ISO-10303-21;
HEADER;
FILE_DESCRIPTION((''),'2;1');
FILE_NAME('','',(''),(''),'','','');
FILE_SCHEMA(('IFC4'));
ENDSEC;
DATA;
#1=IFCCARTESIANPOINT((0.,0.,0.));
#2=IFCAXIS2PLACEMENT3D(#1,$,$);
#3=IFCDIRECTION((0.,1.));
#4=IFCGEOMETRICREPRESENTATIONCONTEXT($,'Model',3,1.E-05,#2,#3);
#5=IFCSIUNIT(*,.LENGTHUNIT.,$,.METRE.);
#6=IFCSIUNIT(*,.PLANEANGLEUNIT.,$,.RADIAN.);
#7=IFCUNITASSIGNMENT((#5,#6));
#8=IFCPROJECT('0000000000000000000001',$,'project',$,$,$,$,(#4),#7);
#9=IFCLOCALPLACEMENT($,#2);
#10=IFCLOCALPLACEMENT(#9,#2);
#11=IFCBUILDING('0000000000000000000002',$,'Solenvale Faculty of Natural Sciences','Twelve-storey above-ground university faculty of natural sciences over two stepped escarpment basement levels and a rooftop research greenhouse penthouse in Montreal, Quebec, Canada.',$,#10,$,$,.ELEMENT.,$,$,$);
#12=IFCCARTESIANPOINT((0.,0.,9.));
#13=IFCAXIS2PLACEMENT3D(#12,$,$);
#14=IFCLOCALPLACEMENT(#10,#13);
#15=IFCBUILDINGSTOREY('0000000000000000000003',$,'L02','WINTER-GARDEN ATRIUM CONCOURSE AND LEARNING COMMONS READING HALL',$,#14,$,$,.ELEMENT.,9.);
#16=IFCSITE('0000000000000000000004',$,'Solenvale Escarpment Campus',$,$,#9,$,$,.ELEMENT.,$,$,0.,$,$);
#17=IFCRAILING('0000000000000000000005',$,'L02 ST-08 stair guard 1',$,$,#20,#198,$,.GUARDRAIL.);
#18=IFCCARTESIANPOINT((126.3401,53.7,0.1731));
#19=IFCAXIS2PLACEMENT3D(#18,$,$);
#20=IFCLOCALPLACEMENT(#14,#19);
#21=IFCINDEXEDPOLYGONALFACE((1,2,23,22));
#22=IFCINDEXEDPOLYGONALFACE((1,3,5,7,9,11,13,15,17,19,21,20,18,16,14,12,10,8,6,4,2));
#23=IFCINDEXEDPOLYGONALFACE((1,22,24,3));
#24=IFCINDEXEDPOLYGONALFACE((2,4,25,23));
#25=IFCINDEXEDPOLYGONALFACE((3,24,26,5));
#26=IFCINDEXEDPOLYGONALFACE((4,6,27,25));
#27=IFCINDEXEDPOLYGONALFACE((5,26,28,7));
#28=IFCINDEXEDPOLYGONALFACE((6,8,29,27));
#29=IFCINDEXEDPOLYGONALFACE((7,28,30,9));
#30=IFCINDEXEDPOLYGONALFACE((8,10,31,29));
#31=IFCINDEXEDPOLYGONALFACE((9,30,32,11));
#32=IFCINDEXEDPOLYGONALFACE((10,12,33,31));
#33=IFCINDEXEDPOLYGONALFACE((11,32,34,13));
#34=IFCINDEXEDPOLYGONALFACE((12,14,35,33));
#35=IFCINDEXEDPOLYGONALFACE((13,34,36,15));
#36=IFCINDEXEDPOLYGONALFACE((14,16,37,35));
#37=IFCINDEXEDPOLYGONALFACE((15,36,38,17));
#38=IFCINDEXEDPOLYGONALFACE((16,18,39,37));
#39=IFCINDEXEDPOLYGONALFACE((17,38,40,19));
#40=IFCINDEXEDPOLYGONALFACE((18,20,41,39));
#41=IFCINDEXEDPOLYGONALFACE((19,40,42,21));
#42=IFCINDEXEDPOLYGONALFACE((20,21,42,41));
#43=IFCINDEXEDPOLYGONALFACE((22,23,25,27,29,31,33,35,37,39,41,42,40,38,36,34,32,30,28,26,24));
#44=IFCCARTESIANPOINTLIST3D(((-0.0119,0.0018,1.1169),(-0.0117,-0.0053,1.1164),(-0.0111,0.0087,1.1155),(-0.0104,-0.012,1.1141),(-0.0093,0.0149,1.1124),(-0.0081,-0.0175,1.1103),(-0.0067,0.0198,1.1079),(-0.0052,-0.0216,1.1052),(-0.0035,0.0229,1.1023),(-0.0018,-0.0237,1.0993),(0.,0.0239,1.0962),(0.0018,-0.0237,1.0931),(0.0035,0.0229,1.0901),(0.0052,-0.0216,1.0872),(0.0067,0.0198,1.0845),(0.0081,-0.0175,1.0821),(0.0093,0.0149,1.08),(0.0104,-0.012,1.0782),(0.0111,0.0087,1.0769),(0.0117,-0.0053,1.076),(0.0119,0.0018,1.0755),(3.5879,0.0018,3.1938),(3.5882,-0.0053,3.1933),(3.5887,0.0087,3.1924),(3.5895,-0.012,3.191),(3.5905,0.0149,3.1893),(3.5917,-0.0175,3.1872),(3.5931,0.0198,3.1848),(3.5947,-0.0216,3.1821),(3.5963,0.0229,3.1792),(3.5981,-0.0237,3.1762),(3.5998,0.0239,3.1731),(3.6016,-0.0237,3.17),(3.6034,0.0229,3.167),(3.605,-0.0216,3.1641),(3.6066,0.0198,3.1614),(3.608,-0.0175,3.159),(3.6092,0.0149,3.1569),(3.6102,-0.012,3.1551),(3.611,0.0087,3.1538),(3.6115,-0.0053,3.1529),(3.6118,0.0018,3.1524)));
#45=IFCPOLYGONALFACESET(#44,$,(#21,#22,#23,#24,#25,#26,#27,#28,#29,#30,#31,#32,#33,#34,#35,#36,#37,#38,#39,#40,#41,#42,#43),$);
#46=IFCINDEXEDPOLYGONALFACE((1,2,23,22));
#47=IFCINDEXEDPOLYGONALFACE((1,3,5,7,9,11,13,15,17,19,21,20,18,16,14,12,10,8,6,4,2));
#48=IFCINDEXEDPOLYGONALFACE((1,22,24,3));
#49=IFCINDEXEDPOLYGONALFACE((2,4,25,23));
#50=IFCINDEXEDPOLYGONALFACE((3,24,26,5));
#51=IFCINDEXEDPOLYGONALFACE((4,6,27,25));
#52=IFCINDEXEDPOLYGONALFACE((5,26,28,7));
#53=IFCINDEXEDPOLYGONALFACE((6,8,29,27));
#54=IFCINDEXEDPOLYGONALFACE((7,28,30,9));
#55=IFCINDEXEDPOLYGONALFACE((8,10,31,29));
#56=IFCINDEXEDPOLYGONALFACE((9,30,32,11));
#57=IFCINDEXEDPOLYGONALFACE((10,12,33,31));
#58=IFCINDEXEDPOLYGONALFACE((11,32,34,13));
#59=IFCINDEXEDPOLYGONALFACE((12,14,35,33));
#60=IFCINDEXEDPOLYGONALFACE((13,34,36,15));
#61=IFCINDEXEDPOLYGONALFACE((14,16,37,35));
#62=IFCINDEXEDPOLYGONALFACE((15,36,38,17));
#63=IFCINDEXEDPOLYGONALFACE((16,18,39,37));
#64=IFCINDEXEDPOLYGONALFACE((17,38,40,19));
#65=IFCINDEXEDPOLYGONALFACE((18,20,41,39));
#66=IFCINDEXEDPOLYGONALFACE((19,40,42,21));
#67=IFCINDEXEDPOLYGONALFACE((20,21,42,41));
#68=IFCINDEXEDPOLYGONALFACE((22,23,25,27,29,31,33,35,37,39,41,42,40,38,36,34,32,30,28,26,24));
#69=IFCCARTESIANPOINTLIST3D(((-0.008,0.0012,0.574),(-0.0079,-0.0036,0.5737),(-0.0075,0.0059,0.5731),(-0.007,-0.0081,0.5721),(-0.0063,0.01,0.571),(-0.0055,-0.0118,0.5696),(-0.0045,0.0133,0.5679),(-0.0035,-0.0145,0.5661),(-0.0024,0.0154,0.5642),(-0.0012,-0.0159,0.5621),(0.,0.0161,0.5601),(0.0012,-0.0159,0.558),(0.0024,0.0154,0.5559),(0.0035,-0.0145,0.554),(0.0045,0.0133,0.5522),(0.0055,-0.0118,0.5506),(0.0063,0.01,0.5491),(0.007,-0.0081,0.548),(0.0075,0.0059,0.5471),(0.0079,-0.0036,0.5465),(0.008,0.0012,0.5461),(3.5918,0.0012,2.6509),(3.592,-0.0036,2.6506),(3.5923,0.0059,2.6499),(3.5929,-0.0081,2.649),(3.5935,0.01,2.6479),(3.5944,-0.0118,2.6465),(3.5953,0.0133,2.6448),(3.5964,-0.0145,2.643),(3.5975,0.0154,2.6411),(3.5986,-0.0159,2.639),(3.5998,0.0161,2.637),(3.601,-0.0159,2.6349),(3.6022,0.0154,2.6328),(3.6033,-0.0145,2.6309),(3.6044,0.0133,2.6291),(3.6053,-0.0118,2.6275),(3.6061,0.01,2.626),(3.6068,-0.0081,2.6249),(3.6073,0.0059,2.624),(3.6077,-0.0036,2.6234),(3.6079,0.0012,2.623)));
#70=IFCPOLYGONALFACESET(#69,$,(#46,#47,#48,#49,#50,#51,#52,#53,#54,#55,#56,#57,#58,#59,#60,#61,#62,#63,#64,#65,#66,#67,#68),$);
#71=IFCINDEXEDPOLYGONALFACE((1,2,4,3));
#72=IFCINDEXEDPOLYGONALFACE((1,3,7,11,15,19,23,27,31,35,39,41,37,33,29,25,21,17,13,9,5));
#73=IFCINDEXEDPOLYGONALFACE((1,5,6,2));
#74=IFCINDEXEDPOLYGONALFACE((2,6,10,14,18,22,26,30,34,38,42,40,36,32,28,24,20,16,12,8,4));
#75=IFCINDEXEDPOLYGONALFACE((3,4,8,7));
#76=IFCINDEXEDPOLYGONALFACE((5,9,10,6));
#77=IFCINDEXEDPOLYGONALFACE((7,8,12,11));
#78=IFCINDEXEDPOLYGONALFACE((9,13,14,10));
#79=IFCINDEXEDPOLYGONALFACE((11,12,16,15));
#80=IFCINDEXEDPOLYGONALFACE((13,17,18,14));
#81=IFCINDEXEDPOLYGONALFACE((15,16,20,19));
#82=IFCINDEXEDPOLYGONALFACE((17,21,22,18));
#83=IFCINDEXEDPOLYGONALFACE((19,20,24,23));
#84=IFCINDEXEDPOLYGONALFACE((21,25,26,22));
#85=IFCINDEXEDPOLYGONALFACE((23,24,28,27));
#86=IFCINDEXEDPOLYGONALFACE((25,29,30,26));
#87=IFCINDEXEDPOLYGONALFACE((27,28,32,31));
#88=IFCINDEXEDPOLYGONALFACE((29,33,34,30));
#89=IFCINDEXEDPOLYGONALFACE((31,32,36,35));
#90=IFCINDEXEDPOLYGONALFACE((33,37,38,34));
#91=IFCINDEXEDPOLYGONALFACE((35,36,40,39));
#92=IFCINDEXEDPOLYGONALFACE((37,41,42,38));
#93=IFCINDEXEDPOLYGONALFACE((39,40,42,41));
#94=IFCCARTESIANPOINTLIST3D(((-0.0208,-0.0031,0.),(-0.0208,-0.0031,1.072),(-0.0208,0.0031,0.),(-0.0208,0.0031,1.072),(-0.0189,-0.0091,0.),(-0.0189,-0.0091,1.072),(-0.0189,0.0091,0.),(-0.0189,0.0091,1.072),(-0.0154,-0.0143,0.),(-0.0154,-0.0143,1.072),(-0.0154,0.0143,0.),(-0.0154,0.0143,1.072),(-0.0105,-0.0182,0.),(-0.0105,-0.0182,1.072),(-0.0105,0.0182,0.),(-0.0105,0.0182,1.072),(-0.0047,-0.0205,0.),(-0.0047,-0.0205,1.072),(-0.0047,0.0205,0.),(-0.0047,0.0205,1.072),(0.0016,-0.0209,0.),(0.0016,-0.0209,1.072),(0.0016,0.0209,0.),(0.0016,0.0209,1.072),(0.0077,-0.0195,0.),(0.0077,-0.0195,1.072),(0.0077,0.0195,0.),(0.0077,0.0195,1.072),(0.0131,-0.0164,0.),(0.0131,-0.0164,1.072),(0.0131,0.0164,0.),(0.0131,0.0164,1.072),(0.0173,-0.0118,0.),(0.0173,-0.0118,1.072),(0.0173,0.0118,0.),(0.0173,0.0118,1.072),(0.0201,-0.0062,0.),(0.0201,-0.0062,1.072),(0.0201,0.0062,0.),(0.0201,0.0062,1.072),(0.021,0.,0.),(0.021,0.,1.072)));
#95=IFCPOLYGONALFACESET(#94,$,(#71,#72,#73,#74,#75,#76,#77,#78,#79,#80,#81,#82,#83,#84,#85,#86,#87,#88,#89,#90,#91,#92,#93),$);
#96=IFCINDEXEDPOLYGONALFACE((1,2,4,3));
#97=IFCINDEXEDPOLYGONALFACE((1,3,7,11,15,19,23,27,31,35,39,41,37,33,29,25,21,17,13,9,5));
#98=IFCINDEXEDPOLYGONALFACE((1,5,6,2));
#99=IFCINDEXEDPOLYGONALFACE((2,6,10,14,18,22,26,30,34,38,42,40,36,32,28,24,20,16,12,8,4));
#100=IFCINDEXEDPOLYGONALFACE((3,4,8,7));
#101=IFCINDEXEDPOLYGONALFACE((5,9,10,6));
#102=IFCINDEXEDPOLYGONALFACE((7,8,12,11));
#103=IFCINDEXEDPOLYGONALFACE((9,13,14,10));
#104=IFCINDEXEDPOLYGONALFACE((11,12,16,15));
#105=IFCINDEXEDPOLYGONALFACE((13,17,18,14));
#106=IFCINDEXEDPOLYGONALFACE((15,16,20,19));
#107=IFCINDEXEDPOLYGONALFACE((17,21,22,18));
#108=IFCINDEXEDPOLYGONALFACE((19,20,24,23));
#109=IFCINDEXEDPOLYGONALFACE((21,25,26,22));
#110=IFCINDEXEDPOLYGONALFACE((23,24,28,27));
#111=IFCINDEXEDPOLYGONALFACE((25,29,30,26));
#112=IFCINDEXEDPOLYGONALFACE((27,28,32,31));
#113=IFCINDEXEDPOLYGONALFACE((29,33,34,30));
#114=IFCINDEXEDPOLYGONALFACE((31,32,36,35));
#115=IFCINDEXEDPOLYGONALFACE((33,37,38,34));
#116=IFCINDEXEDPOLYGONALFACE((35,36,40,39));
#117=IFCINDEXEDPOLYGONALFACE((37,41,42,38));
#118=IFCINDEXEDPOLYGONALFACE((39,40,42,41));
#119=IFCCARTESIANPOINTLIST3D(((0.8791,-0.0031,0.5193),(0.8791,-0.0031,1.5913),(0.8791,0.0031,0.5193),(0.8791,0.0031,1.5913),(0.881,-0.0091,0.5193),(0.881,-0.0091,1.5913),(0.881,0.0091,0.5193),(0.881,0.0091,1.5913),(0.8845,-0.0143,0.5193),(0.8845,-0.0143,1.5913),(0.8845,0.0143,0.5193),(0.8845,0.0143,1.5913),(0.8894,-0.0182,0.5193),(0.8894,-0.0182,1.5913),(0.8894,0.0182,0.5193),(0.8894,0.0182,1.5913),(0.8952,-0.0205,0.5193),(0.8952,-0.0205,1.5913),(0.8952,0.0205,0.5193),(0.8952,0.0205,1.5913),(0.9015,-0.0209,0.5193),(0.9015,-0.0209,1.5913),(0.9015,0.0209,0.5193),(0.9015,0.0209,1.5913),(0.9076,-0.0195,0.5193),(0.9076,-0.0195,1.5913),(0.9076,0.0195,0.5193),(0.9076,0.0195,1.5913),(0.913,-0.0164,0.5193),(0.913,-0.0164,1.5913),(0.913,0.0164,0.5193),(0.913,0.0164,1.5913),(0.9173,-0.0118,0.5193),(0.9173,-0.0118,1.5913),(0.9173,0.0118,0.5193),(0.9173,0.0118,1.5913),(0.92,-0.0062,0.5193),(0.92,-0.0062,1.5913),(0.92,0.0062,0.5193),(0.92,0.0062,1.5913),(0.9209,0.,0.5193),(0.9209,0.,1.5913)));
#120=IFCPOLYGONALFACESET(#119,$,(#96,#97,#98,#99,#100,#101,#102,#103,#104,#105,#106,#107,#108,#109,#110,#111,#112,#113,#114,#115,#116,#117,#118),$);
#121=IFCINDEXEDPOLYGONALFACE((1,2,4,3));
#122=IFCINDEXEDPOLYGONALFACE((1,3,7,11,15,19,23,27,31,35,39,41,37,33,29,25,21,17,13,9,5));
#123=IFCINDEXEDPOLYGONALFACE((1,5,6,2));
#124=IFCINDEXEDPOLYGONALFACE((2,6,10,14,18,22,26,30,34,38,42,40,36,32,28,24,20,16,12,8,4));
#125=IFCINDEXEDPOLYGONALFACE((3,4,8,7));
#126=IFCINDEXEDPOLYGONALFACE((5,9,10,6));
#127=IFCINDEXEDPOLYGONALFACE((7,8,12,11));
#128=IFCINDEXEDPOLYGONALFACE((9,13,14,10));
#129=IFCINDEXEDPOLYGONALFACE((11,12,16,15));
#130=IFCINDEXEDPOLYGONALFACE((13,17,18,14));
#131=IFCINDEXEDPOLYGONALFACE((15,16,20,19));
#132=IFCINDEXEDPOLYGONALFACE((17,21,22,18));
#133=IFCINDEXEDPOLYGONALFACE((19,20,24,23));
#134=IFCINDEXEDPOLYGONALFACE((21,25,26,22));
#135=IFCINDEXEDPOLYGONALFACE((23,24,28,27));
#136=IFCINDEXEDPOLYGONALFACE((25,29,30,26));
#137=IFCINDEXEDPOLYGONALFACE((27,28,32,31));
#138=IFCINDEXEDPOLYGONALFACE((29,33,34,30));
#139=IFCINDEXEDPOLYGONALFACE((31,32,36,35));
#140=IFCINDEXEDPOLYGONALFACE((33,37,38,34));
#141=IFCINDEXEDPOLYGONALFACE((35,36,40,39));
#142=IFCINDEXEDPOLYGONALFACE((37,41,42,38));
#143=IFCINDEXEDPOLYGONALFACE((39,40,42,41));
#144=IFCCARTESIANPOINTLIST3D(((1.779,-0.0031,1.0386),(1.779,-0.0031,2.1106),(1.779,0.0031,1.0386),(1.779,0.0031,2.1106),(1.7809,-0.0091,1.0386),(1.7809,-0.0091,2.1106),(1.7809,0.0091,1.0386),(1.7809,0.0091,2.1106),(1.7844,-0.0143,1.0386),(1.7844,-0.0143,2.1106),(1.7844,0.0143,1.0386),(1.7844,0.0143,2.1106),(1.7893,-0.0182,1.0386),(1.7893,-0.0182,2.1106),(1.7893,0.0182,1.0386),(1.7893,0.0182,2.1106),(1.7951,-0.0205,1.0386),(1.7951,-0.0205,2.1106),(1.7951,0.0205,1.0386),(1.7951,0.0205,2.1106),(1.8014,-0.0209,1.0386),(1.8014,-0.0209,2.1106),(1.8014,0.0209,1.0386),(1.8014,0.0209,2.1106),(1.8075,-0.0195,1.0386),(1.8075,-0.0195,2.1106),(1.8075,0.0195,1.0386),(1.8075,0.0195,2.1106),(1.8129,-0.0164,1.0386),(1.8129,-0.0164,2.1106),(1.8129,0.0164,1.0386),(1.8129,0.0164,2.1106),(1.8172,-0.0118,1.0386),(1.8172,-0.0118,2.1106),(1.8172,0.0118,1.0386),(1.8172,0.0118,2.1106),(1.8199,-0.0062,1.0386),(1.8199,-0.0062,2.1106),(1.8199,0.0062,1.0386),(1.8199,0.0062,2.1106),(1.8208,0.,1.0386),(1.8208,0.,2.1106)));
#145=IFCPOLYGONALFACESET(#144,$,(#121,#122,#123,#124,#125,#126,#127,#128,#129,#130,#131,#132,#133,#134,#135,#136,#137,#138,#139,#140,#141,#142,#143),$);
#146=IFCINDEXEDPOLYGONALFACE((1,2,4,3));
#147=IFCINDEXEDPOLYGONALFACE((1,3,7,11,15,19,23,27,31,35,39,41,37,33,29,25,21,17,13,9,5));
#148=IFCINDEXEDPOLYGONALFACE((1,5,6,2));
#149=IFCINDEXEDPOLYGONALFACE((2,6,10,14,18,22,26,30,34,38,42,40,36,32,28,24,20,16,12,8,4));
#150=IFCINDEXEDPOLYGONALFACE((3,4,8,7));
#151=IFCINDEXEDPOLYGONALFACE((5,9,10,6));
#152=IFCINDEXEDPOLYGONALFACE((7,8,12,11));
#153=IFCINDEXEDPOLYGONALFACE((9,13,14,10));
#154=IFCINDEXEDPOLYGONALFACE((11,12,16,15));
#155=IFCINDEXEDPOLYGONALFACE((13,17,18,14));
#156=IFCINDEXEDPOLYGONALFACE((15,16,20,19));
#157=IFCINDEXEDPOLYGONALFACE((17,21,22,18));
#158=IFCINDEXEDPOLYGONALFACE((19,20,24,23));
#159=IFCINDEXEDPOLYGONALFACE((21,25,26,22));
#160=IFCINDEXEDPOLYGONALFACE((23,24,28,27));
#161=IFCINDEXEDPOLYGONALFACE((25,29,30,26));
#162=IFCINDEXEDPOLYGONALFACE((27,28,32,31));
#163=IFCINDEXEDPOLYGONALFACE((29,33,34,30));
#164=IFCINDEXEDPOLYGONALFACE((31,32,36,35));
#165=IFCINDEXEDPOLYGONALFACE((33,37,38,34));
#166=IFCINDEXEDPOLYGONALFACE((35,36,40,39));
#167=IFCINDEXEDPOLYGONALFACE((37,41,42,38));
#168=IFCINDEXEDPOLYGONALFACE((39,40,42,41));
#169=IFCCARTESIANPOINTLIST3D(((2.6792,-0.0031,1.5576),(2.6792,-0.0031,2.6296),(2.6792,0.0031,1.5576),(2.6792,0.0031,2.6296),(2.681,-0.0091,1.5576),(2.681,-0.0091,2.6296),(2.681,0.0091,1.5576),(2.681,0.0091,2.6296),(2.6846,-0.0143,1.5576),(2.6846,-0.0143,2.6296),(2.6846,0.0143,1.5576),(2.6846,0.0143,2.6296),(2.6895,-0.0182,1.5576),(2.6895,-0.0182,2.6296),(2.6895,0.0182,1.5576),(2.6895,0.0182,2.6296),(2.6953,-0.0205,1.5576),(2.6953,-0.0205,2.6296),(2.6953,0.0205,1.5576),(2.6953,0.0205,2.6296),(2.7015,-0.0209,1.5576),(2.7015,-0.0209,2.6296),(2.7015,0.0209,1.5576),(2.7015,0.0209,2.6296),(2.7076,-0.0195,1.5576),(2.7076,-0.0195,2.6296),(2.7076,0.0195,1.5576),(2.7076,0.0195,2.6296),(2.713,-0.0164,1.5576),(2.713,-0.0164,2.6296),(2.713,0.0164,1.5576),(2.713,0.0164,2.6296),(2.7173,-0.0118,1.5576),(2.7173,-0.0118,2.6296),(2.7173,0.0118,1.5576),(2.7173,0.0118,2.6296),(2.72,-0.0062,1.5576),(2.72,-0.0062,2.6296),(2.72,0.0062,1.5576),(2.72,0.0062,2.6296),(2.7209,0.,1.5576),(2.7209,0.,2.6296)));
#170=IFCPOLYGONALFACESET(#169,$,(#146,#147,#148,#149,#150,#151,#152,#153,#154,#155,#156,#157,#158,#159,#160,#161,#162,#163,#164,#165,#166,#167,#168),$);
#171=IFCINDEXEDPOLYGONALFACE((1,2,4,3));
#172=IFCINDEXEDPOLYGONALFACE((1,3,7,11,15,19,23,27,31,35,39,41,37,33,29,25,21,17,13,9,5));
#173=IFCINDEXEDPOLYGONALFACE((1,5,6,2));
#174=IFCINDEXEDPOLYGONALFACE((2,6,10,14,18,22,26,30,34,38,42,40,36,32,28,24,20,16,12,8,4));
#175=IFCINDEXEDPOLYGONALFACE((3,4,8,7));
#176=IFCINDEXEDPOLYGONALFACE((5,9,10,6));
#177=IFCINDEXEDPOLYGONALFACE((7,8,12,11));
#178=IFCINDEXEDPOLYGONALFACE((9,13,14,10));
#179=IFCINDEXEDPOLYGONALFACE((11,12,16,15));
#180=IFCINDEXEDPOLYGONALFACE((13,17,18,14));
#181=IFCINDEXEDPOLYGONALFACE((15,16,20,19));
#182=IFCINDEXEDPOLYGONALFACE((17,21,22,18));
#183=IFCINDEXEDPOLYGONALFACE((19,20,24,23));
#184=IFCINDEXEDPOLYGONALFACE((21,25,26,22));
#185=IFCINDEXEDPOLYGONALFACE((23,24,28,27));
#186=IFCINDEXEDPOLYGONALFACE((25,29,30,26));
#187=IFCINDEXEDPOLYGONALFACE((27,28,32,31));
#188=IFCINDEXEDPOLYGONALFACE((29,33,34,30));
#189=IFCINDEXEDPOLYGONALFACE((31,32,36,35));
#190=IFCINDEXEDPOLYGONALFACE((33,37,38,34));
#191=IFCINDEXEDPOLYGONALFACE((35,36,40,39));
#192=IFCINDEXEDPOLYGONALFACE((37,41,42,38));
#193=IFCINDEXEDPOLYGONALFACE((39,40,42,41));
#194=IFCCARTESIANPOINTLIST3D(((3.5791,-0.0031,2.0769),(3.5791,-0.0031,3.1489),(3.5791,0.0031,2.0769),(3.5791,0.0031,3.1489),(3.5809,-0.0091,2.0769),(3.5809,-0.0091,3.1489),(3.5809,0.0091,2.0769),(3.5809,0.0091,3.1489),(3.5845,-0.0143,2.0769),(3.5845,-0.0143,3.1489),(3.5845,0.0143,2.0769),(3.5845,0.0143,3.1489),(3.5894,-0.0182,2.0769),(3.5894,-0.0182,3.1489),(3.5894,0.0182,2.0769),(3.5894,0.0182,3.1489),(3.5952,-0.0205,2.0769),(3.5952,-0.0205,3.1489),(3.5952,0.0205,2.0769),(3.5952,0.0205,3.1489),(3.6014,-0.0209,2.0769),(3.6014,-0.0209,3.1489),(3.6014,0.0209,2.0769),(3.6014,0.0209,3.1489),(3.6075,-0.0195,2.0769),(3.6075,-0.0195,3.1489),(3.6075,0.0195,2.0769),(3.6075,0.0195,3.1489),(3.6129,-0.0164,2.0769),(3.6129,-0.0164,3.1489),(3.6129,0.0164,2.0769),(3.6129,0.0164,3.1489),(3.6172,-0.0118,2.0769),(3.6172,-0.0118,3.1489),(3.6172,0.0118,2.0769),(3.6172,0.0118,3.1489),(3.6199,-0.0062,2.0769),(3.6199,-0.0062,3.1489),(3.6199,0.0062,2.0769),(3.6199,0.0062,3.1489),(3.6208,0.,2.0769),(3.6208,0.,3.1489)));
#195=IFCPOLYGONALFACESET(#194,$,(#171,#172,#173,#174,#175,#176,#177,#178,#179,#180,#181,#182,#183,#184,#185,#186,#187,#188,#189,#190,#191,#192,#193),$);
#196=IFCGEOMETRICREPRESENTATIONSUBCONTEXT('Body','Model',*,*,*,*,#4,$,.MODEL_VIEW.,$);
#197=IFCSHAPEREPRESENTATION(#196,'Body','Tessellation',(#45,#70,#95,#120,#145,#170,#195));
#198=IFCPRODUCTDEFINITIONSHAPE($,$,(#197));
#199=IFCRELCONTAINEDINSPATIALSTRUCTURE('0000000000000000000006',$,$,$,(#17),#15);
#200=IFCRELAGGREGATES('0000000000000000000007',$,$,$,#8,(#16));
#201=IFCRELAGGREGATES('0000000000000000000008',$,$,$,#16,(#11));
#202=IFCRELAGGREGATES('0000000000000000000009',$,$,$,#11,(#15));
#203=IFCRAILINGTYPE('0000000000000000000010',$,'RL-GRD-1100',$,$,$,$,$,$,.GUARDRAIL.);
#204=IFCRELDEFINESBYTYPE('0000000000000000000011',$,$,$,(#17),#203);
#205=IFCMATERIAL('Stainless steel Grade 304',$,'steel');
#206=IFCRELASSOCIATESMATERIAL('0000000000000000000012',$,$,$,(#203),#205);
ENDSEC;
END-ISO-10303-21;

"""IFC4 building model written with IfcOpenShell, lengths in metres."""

from ifc_helpers import new_model, si_unit, direction, frame, origin, origin_2d, place, context, subcontext, project, spatial, circle, extrude, material, type_object, element, save


model = new_model("IFC4")

# Units and contexts
model_context = context("Model", 3, precision=1e-05, world=origin(), true_north=direction((0.0, 1.0)))
body_context = subcontext(model_context, "Body", "Model", "MODEL_VIEW")
ifc_project = project(units=[si_unit("LENGTHUNIT", "METRE"), si_unit("PLANEANGLEUNIT", "RADIAN")], contexts=[model_context])

# Site, building, storey
site_placement = place(None, origin())
site = spatial("IfcSite", under=ifc_project, at=site_placement, Name="Solenvale Escarpment Campus", CompositionType="ELEMENT", RefElevation=0.0)
building_placement = place(site_placement, origin())
building = spatial("IfcBuilding", under=site, at=building_placement, Name="Solenvale Faculty of Natural Sciences", Description="Twelve-storey above-ground university faculty of natural sciences over two stepped escarpment basement levels and a rooftop research greenhouse penthouse in Montreal, Quebec, Canada.", CompositionType="ELEMENT")
storey_placement = place(building_placement, frame((0.0, 0.0, 9.0)))
storey = spatial("IfcBuildingStorey", under=building, at=storey_placement, Name="L02", Description="WINTER-GARDEN ATRIUM CONCOURSE AND LEARNING COMMONS READING HALL", CompositionType="ELEMENT", Elevation=9.0)

# Railing
ifc_material_1 = material(Name="Stainless steel Grade 304", Category="steel")
railing_type_1 = type_object("IfcRailingType", Name="RL-GRD-1100", PredefinedType="GUARDRAIL", material=ifc_material_1)
railing_1_placement = place(storey_placement, frame((126.3401, 53.7, 0.1731)))
element("IfcRailing", 1, at=railing_1_placement, inside=storey, type_object=railing_type_1, Name="L02 ST-08 stair guard 1", PredefinedType="GUARDRAIL", context=body_context, shape_type="SweptSolid", body=[
    extrude(circle(Radius=0.0239, at=origin_2d()), frame((0.0, 0.0, 1.0962), z_axis=(0.866179, 0.0, 0.499734), x_axis=(0.0, 1.0, 0.0)), (0.0, 0.0, 1.0), 4.156),
    extrude(circle(Radius=0.0161, at=origin_2d()), frame((0.0, 0.0, 0.5601), z_axis=(0.866179, 0.0, 0.499734), x_axis=(0.0, 1.0, 0.0)), (0.0, 0.0, 1.0), 4.156),
    extrude(circle(Radius=0.021, at=origin_2d()), origin(), (0.0, 0.0, 1.0), 1.072),
    extrude(circle(Radius=0.021, at=origin_2d()), frame((0.8999, 0.0, 0.5193)), (0.0, 0.0, 1.0), 1.072),
    extrude(circle(Radius=0.021, at=origin_2d()), frame((1.7998, 0.0, 1.0386)), (0.0, 0.0, 1.0), 1.072),
    extrude(circle(Radius=0.021, at=origin_2d()), frame((2.7, 0.0, 1.5576)), (0.0, 0.0, 1.0), 1.072),
    extrude(circle(Radius=0.021, at=origin_2d()), frame((3.5999, 0.0, 2.0769)), (0.0, 0.0, 1.0), 1.072),
])

save(model, "model.ifc")
